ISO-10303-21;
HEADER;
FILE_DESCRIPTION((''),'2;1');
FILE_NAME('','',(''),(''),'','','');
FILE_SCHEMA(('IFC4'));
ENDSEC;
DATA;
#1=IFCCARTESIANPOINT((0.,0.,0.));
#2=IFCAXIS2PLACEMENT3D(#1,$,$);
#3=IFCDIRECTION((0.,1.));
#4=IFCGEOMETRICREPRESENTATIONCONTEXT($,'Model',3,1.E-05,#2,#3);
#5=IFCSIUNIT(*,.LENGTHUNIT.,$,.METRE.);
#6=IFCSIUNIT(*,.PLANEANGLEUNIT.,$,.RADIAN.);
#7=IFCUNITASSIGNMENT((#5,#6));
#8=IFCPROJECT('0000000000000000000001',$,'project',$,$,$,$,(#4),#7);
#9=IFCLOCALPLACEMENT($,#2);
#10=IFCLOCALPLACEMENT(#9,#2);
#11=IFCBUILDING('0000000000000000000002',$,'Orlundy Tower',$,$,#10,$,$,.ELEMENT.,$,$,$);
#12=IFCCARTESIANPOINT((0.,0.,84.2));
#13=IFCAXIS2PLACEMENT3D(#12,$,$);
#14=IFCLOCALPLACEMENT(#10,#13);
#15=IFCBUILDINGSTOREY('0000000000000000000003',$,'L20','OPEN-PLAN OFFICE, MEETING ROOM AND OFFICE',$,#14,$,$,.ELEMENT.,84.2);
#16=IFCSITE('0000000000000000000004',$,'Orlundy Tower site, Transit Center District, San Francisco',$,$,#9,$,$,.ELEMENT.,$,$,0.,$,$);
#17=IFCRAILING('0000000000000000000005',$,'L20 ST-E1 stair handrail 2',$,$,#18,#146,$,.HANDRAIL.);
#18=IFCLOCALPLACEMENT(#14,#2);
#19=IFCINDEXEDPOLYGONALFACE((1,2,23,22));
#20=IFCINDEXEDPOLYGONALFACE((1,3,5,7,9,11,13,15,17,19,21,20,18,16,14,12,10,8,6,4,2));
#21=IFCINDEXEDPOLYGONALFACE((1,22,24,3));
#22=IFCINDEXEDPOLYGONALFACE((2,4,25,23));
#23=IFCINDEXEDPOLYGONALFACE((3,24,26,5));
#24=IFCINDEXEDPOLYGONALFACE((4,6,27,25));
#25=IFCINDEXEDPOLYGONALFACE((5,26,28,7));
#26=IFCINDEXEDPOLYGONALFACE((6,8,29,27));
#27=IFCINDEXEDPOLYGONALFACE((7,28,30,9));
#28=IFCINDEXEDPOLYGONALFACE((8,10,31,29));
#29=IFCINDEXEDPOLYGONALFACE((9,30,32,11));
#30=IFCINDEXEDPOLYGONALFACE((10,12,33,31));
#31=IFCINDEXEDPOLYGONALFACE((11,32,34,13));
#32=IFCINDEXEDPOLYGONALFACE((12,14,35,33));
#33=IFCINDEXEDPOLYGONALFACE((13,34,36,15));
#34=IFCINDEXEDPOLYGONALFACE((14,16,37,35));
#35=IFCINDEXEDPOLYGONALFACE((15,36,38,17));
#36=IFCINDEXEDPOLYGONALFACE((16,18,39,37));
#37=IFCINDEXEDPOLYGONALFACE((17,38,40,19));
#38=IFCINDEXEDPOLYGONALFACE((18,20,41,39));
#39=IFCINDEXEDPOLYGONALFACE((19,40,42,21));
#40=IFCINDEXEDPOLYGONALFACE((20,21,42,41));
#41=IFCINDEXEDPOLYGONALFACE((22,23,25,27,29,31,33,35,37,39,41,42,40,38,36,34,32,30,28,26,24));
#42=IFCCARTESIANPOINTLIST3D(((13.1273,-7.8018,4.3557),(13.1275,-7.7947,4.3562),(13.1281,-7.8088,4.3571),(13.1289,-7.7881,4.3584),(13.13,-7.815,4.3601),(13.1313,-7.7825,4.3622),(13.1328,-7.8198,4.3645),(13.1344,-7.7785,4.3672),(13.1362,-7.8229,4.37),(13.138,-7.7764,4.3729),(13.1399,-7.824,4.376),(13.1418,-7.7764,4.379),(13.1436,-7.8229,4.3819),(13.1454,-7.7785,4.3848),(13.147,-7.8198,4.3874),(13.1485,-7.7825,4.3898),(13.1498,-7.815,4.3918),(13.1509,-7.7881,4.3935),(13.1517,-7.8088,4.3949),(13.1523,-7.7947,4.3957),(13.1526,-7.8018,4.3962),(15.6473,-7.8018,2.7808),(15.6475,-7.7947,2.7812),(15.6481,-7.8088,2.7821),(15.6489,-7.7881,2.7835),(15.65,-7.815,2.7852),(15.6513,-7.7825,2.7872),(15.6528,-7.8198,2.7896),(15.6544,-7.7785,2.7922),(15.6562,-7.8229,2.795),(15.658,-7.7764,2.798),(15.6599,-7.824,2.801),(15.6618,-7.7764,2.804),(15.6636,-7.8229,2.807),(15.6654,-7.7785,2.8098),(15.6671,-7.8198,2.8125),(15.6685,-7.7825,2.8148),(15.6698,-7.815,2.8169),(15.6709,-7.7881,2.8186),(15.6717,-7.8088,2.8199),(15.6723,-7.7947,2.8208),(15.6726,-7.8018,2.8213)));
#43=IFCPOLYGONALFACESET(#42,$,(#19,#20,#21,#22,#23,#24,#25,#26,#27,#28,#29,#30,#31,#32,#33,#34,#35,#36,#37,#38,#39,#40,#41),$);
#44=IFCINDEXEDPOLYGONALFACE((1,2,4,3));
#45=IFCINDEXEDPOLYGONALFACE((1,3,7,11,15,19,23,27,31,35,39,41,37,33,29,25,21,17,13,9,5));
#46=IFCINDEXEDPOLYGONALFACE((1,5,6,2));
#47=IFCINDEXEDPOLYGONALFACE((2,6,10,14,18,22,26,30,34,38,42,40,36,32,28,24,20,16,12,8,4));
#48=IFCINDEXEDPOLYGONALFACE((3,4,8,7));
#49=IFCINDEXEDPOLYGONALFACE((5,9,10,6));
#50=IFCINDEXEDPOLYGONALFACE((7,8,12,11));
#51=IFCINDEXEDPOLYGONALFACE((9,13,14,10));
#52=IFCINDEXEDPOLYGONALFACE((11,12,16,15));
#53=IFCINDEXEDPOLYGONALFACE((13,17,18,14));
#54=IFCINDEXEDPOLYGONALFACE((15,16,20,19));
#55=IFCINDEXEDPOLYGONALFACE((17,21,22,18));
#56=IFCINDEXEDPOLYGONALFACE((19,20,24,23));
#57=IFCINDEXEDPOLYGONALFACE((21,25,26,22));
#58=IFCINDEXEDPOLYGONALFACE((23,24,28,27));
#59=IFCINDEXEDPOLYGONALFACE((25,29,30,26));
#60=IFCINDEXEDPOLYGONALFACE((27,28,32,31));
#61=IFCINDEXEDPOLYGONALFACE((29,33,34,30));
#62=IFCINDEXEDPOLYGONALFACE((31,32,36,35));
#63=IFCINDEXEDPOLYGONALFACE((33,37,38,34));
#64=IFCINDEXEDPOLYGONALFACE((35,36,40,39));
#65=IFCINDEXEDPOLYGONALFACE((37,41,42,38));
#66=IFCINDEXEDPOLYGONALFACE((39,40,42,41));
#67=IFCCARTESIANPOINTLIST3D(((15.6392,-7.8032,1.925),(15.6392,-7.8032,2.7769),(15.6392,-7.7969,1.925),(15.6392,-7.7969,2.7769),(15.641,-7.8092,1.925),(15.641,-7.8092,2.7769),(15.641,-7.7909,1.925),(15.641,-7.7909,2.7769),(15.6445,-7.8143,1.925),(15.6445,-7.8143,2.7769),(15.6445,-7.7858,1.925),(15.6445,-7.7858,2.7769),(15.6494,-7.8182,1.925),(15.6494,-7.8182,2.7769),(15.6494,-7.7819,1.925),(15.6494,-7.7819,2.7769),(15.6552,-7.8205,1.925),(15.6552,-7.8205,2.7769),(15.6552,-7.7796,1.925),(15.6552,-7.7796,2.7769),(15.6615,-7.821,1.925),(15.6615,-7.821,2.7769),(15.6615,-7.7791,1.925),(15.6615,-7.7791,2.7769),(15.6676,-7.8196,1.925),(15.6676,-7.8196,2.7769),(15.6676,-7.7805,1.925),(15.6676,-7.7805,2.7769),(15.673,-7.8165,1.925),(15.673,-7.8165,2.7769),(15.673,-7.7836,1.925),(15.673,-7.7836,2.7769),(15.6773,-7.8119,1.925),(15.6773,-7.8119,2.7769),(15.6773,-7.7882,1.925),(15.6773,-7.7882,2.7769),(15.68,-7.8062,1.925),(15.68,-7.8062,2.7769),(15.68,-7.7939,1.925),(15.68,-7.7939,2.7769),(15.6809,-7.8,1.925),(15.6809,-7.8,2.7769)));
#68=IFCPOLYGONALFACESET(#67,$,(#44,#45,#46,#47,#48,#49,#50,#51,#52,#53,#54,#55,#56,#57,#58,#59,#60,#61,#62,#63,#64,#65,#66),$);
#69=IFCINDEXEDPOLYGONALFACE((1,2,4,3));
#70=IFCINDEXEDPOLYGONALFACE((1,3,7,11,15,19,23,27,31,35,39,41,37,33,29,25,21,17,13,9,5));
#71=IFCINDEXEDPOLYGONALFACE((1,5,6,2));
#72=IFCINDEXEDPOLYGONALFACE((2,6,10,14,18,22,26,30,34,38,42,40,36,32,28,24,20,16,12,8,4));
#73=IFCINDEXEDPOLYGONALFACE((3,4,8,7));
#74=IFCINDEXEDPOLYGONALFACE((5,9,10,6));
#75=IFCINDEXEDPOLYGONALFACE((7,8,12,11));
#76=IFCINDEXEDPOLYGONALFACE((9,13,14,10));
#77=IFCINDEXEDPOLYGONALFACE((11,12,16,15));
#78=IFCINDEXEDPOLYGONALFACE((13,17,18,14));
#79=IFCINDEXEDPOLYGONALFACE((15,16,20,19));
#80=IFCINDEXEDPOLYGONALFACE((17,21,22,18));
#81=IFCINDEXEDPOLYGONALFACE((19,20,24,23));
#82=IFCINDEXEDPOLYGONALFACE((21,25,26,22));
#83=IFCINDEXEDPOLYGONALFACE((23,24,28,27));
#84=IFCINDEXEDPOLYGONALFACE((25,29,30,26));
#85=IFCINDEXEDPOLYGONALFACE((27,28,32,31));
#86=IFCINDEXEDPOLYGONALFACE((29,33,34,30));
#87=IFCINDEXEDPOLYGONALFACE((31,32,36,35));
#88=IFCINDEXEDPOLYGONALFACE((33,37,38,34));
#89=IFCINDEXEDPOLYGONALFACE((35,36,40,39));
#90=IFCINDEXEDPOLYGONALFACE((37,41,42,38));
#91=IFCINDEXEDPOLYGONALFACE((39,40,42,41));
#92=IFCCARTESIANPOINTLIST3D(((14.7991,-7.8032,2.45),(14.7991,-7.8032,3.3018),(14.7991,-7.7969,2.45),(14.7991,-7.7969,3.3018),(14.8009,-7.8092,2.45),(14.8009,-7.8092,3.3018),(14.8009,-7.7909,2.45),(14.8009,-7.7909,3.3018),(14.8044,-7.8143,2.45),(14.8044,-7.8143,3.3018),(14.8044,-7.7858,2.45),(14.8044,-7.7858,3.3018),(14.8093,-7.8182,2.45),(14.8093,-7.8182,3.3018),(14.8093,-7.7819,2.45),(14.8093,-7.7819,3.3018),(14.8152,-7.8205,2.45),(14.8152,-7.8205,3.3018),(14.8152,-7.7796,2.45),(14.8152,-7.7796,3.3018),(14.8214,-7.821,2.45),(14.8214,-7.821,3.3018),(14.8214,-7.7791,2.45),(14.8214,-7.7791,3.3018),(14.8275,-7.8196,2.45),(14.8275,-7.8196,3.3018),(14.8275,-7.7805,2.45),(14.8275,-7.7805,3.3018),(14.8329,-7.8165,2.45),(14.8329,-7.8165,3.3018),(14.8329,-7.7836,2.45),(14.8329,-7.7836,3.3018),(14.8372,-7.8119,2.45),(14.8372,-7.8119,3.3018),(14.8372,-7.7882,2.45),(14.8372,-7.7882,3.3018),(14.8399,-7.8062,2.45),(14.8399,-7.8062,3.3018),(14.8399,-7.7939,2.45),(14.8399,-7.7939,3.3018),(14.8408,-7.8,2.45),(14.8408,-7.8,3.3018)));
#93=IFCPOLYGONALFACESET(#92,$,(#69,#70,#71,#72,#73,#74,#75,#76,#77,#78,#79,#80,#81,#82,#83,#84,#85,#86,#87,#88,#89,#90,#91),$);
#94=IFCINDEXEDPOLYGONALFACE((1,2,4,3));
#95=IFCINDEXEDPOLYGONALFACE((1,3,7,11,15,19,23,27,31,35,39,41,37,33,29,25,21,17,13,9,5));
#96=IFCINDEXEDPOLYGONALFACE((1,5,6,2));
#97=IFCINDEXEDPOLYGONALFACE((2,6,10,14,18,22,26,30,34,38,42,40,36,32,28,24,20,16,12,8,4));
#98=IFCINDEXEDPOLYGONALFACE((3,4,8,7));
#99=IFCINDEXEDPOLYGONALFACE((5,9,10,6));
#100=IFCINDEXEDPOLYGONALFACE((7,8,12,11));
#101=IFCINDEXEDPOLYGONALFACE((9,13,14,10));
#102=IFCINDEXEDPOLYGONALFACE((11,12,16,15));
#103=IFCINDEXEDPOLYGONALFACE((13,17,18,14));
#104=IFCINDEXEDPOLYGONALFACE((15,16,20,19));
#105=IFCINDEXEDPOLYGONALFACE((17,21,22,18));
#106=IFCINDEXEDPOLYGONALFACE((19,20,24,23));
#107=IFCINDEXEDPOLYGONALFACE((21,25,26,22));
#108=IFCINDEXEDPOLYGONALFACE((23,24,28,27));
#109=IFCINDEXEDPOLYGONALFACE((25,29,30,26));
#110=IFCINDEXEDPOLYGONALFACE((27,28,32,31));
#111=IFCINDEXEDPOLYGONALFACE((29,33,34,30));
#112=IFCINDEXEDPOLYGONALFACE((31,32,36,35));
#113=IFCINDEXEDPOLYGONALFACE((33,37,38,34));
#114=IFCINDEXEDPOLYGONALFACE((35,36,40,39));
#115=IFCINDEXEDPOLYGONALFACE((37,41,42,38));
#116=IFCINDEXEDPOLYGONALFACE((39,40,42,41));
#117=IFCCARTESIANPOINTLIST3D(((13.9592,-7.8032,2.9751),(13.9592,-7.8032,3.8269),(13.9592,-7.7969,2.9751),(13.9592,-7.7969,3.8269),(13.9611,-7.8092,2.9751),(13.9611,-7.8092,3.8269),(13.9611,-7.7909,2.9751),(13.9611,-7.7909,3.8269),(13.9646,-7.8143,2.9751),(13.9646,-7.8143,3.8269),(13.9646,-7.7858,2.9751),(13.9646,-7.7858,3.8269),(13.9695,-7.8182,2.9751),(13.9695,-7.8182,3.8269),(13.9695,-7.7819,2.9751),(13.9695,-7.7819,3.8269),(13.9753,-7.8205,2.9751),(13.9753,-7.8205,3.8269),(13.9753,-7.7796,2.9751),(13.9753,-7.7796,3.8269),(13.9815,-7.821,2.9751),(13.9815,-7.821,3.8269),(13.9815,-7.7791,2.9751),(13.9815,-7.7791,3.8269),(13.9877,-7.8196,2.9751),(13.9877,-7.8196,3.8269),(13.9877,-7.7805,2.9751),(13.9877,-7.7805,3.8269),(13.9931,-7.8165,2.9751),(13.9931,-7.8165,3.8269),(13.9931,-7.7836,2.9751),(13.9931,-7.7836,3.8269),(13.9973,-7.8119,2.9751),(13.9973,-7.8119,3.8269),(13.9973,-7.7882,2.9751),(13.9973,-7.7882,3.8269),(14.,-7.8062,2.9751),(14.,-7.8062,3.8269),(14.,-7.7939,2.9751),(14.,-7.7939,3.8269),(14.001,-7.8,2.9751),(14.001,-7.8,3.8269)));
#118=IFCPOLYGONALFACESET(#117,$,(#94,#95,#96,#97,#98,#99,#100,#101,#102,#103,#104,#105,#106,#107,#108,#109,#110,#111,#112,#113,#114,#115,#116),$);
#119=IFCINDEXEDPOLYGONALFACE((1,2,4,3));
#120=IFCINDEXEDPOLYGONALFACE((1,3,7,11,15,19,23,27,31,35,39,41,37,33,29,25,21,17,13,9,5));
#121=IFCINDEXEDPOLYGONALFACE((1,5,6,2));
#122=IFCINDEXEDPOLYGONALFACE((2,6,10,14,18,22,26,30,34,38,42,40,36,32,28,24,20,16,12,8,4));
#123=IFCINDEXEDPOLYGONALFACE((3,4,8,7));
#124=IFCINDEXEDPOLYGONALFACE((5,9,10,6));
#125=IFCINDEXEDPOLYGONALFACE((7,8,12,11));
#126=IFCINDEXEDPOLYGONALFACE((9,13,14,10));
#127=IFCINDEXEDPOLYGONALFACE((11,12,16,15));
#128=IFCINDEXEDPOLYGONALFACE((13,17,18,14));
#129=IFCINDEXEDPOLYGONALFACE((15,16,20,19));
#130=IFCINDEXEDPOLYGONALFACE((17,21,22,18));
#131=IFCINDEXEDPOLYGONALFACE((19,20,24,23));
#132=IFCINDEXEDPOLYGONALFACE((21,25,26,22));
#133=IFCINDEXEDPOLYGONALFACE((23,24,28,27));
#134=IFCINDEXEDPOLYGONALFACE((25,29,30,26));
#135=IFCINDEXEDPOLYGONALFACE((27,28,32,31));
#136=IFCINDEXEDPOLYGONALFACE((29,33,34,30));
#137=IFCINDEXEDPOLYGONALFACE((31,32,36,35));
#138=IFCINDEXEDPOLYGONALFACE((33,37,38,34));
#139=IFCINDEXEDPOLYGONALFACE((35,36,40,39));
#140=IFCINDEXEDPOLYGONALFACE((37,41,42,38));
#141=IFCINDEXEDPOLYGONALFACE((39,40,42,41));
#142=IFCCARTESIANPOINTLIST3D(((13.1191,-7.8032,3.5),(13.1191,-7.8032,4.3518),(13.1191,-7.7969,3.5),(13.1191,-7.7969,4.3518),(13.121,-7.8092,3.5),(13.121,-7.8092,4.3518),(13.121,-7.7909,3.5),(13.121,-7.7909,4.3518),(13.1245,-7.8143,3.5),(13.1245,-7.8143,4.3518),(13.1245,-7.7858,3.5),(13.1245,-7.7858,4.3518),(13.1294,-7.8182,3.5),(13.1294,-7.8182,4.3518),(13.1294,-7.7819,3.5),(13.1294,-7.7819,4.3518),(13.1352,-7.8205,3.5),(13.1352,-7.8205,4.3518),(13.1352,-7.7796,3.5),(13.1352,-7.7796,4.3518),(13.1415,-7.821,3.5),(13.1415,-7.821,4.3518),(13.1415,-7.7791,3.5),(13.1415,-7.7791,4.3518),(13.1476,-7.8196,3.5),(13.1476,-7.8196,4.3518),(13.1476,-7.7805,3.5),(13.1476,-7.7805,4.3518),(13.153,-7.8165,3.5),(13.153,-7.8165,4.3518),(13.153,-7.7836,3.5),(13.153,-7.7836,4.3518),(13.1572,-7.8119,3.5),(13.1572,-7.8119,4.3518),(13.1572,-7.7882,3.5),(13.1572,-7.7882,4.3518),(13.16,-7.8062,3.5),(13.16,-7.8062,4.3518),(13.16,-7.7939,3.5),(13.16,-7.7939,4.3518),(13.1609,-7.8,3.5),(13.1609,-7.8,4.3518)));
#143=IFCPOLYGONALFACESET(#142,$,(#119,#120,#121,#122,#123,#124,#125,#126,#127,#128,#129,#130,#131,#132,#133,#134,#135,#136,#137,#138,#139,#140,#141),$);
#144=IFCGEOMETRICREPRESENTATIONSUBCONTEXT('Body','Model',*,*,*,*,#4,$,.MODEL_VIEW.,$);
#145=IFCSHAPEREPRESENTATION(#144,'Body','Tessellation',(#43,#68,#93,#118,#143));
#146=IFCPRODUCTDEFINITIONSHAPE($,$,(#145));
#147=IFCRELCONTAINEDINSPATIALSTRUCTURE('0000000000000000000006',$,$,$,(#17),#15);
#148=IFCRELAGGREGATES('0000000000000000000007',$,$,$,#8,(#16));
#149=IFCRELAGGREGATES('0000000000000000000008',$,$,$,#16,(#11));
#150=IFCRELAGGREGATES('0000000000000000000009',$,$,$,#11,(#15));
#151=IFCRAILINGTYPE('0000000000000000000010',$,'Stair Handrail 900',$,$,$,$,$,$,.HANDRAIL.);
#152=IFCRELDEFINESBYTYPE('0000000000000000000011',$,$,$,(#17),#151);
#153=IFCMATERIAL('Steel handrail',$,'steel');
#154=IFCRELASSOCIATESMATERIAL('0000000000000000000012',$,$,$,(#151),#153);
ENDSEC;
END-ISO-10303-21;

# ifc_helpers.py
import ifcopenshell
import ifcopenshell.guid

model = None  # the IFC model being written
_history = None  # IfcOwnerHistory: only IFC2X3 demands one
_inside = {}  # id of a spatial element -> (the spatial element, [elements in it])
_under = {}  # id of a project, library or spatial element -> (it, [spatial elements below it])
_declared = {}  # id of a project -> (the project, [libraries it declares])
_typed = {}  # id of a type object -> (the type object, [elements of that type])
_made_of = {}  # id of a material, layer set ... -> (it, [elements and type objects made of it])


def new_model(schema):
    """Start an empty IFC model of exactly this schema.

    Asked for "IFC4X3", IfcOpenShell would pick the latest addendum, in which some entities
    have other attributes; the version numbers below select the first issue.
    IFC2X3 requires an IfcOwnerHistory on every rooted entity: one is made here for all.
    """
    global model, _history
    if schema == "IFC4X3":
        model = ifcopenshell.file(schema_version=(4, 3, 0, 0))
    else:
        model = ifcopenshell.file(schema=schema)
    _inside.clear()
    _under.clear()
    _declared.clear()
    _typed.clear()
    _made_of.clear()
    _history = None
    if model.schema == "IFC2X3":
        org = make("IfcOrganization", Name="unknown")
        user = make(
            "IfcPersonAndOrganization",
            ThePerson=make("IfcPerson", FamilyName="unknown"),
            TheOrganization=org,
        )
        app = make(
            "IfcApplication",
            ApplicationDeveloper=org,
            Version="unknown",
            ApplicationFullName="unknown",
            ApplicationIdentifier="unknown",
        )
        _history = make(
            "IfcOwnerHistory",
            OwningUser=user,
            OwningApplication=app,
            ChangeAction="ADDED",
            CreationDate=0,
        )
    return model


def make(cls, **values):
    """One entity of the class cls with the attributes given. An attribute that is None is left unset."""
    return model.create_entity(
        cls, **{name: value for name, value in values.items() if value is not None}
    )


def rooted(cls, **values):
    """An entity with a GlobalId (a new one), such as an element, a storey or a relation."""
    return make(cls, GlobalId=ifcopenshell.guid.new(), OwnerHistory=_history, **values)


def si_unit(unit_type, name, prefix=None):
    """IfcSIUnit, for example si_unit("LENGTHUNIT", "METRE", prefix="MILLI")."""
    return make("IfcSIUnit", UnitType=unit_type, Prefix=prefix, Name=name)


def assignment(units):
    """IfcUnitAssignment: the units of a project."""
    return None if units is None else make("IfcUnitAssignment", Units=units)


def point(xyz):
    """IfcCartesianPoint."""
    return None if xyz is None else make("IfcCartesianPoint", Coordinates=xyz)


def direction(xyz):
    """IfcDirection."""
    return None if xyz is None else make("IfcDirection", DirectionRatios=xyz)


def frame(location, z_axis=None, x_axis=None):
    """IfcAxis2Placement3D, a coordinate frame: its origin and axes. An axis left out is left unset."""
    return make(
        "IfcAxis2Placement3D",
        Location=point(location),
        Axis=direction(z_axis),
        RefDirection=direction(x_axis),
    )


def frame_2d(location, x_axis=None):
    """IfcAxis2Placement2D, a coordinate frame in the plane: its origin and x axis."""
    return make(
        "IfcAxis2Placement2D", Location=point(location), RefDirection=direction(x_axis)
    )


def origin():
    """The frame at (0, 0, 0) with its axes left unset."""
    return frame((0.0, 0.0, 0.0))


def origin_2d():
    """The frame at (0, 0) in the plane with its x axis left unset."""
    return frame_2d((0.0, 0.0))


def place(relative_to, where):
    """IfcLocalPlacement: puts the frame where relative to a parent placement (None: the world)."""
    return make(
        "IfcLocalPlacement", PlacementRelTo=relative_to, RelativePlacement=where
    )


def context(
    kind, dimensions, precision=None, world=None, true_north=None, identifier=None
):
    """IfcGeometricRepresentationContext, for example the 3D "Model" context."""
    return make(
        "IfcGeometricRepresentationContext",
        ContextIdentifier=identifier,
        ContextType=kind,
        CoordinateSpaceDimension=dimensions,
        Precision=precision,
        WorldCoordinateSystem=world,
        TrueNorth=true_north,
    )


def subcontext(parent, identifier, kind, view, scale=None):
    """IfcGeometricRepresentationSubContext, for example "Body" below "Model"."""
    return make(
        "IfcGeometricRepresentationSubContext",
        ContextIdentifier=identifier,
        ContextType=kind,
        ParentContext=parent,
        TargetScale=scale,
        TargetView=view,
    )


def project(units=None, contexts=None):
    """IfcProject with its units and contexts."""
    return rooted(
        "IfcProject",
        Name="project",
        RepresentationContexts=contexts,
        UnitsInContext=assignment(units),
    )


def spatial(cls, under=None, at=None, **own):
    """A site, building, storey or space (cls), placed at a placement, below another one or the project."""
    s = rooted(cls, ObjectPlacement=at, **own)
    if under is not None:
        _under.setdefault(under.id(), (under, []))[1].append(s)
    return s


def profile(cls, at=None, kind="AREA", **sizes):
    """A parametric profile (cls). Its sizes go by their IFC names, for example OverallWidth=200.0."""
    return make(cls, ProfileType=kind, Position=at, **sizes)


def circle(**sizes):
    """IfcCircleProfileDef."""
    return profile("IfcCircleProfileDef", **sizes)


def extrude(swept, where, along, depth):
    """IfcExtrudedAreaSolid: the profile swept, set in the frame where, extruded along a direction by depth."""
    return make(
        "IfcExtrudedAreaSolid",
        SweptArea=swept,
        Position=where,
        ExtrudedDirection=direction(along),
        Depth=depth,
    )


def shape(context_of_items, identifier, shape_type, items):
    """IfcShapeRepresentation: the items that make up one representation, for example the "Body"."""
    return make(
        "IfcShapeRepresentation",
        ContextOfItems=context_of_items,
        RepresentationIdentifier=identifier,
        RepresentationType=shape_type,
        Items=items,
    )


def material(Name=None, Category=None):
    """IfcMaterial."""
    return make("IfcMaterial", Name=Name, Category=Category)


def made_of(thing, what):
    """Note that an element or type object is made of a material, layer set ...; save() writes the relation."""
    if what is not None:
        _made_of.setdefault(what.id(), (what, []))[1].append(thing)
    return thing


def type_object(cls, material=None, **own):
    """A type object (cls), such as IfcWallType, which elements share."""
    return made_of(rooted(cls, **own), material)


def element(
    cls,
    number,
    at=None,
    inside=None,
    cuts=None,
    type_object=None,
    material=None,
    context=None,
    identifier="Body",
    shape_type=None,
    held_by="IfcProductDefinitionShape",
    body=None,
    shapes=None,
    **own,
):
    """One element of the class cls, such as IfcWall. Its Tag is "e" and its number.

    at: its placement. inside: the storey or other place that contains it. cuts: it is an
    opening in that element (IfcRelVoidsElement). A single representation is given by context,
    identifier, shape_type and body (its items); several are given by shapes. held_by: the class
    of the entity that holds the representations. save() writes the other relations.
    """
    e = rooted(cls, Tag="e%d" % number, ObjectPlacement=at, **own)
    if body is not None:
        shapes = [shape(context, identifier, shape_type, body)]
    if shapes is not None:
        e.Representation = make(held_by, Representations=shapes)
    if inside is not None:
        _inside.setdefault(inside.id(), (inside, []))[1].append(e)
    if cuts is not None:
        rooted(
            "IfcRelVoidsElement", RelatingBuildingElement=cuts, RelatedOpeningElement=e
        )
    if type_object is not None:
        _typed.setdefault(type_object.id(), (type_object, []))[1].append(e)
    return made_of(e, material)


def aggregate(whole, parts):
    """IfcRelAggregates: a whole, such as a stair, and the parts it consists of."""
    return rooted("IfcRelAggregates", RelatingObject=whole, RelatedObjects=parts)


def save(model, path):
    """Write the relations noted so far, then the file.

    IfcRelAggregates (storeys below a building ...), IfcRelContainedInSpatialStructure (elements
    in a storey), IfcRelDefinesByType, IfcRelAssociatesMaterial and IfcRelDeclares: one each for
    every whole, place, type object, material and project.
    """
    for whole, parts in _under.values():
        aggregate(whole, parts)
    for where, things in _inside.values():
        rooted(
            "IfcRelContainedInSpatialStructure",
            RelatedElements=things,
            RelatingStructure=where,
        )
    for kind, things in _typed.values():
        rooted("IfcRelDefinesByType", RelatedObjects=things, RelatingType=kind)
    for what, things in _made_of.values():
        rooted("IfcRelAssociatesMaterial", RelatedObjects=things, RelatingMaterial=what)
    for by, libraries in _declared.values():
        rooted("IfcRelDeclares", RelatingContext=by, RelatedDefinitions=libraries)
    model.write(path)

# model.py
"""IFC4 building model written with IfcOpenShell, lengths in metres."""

from ifc_helpers import new_model, si_unit, direction, frame, origin, origin_2d, place, context, subcontext, project, spatial, circle, extrude, material, type_object, element, save


model = new_model("IFC4")

# Units and contexts
model_context = context("Model", 3, precision=1e-05, world=origin(), true_north=direction((0.0, 1.0)))
body_context = subcontext(model_context, "Body", "Model", "MODEL_VIEW")
ifc_project = project(units=[si_unit("LENGTHUNIT", "METRE"), si_unit("PLANEANGLEUNIT", "RADIAN")], contexts=[model_context])

# Site, building, storey
site_placement = place(None, origin())
site = spatial("IfcSite", under=ifc_project, at=site_placement, Name="Orlundy Tower site, Transit Center District, San Francisco", CompositionType="ELEMENT", RefElevation=0.0)
building_placement = place(site_placement, origin())
building = spatial("IfcBuilding", under=site, at=building_placement, Name="Orlundy Tower", CompositionType="ELEMENT")
storey_placement = place(building_placement, frame((0.0, 0.0, 84.2)))
storey = spatial("IfcBuildingStorey", under=building, at=storey_placement, Name="L20", Description="OPEN-PLAN OFFICE, MEETING ROOM AND OFFICE", CompositionType="ELEMENT", Elevation=84.2)

# Railing
ifc_material_1 = material(Name="Steel handrail", Category="steel")
railing_type = type_object("IfcRailingType", Name="Stair Handrail 900", PredefinedType="HANDRAIL", material=ifc_material_1)
railing_placement = place(storey_placement, frame((15.6599, -7.8, 1.925)))
element("IfcRailing", 1, at=railing_placement, inside=storey, type_object=railing_type, Name="L20 ST-E1 stair handrail 2", PredefinedType="HANDRAIL", context=body_context, shape_type="SweptSolid", body=[
    extrude(circle(Radius=0.0239, at=origin_2d()), frame((0.0, 0.0, 0.876), z_axis=(-0.848008, 0.0, 0.529984), x_axis=(0.0, -1.0, 0.0)), (0.0, 0.0, 1.0), 2.9717),
    extrude(circle(Radius=0.021, at=origin_2d()), origin(), (0.0, 0.0, 1.0), 0.8518),
    extrude(circle(Radius=0.021, at=origin_2d()), frame((-0.8401, 0.0, 0.5249)), (0.0, 0.0, 1.0), 0.8518),
    extrude(circle(Radius=0.021, at=origin_2d()), frame((-1.6799, 0.0, 1.05)), (0.0, 0.0, 1.0), 0.8518),
    extrude(circle(Radius=0.021, at=origin_2d()), frame((-2.52, 0.0, 1.575)), (0.0, 0.0, 1.0), 0.8518),
])

save(model, "model.ifc")
